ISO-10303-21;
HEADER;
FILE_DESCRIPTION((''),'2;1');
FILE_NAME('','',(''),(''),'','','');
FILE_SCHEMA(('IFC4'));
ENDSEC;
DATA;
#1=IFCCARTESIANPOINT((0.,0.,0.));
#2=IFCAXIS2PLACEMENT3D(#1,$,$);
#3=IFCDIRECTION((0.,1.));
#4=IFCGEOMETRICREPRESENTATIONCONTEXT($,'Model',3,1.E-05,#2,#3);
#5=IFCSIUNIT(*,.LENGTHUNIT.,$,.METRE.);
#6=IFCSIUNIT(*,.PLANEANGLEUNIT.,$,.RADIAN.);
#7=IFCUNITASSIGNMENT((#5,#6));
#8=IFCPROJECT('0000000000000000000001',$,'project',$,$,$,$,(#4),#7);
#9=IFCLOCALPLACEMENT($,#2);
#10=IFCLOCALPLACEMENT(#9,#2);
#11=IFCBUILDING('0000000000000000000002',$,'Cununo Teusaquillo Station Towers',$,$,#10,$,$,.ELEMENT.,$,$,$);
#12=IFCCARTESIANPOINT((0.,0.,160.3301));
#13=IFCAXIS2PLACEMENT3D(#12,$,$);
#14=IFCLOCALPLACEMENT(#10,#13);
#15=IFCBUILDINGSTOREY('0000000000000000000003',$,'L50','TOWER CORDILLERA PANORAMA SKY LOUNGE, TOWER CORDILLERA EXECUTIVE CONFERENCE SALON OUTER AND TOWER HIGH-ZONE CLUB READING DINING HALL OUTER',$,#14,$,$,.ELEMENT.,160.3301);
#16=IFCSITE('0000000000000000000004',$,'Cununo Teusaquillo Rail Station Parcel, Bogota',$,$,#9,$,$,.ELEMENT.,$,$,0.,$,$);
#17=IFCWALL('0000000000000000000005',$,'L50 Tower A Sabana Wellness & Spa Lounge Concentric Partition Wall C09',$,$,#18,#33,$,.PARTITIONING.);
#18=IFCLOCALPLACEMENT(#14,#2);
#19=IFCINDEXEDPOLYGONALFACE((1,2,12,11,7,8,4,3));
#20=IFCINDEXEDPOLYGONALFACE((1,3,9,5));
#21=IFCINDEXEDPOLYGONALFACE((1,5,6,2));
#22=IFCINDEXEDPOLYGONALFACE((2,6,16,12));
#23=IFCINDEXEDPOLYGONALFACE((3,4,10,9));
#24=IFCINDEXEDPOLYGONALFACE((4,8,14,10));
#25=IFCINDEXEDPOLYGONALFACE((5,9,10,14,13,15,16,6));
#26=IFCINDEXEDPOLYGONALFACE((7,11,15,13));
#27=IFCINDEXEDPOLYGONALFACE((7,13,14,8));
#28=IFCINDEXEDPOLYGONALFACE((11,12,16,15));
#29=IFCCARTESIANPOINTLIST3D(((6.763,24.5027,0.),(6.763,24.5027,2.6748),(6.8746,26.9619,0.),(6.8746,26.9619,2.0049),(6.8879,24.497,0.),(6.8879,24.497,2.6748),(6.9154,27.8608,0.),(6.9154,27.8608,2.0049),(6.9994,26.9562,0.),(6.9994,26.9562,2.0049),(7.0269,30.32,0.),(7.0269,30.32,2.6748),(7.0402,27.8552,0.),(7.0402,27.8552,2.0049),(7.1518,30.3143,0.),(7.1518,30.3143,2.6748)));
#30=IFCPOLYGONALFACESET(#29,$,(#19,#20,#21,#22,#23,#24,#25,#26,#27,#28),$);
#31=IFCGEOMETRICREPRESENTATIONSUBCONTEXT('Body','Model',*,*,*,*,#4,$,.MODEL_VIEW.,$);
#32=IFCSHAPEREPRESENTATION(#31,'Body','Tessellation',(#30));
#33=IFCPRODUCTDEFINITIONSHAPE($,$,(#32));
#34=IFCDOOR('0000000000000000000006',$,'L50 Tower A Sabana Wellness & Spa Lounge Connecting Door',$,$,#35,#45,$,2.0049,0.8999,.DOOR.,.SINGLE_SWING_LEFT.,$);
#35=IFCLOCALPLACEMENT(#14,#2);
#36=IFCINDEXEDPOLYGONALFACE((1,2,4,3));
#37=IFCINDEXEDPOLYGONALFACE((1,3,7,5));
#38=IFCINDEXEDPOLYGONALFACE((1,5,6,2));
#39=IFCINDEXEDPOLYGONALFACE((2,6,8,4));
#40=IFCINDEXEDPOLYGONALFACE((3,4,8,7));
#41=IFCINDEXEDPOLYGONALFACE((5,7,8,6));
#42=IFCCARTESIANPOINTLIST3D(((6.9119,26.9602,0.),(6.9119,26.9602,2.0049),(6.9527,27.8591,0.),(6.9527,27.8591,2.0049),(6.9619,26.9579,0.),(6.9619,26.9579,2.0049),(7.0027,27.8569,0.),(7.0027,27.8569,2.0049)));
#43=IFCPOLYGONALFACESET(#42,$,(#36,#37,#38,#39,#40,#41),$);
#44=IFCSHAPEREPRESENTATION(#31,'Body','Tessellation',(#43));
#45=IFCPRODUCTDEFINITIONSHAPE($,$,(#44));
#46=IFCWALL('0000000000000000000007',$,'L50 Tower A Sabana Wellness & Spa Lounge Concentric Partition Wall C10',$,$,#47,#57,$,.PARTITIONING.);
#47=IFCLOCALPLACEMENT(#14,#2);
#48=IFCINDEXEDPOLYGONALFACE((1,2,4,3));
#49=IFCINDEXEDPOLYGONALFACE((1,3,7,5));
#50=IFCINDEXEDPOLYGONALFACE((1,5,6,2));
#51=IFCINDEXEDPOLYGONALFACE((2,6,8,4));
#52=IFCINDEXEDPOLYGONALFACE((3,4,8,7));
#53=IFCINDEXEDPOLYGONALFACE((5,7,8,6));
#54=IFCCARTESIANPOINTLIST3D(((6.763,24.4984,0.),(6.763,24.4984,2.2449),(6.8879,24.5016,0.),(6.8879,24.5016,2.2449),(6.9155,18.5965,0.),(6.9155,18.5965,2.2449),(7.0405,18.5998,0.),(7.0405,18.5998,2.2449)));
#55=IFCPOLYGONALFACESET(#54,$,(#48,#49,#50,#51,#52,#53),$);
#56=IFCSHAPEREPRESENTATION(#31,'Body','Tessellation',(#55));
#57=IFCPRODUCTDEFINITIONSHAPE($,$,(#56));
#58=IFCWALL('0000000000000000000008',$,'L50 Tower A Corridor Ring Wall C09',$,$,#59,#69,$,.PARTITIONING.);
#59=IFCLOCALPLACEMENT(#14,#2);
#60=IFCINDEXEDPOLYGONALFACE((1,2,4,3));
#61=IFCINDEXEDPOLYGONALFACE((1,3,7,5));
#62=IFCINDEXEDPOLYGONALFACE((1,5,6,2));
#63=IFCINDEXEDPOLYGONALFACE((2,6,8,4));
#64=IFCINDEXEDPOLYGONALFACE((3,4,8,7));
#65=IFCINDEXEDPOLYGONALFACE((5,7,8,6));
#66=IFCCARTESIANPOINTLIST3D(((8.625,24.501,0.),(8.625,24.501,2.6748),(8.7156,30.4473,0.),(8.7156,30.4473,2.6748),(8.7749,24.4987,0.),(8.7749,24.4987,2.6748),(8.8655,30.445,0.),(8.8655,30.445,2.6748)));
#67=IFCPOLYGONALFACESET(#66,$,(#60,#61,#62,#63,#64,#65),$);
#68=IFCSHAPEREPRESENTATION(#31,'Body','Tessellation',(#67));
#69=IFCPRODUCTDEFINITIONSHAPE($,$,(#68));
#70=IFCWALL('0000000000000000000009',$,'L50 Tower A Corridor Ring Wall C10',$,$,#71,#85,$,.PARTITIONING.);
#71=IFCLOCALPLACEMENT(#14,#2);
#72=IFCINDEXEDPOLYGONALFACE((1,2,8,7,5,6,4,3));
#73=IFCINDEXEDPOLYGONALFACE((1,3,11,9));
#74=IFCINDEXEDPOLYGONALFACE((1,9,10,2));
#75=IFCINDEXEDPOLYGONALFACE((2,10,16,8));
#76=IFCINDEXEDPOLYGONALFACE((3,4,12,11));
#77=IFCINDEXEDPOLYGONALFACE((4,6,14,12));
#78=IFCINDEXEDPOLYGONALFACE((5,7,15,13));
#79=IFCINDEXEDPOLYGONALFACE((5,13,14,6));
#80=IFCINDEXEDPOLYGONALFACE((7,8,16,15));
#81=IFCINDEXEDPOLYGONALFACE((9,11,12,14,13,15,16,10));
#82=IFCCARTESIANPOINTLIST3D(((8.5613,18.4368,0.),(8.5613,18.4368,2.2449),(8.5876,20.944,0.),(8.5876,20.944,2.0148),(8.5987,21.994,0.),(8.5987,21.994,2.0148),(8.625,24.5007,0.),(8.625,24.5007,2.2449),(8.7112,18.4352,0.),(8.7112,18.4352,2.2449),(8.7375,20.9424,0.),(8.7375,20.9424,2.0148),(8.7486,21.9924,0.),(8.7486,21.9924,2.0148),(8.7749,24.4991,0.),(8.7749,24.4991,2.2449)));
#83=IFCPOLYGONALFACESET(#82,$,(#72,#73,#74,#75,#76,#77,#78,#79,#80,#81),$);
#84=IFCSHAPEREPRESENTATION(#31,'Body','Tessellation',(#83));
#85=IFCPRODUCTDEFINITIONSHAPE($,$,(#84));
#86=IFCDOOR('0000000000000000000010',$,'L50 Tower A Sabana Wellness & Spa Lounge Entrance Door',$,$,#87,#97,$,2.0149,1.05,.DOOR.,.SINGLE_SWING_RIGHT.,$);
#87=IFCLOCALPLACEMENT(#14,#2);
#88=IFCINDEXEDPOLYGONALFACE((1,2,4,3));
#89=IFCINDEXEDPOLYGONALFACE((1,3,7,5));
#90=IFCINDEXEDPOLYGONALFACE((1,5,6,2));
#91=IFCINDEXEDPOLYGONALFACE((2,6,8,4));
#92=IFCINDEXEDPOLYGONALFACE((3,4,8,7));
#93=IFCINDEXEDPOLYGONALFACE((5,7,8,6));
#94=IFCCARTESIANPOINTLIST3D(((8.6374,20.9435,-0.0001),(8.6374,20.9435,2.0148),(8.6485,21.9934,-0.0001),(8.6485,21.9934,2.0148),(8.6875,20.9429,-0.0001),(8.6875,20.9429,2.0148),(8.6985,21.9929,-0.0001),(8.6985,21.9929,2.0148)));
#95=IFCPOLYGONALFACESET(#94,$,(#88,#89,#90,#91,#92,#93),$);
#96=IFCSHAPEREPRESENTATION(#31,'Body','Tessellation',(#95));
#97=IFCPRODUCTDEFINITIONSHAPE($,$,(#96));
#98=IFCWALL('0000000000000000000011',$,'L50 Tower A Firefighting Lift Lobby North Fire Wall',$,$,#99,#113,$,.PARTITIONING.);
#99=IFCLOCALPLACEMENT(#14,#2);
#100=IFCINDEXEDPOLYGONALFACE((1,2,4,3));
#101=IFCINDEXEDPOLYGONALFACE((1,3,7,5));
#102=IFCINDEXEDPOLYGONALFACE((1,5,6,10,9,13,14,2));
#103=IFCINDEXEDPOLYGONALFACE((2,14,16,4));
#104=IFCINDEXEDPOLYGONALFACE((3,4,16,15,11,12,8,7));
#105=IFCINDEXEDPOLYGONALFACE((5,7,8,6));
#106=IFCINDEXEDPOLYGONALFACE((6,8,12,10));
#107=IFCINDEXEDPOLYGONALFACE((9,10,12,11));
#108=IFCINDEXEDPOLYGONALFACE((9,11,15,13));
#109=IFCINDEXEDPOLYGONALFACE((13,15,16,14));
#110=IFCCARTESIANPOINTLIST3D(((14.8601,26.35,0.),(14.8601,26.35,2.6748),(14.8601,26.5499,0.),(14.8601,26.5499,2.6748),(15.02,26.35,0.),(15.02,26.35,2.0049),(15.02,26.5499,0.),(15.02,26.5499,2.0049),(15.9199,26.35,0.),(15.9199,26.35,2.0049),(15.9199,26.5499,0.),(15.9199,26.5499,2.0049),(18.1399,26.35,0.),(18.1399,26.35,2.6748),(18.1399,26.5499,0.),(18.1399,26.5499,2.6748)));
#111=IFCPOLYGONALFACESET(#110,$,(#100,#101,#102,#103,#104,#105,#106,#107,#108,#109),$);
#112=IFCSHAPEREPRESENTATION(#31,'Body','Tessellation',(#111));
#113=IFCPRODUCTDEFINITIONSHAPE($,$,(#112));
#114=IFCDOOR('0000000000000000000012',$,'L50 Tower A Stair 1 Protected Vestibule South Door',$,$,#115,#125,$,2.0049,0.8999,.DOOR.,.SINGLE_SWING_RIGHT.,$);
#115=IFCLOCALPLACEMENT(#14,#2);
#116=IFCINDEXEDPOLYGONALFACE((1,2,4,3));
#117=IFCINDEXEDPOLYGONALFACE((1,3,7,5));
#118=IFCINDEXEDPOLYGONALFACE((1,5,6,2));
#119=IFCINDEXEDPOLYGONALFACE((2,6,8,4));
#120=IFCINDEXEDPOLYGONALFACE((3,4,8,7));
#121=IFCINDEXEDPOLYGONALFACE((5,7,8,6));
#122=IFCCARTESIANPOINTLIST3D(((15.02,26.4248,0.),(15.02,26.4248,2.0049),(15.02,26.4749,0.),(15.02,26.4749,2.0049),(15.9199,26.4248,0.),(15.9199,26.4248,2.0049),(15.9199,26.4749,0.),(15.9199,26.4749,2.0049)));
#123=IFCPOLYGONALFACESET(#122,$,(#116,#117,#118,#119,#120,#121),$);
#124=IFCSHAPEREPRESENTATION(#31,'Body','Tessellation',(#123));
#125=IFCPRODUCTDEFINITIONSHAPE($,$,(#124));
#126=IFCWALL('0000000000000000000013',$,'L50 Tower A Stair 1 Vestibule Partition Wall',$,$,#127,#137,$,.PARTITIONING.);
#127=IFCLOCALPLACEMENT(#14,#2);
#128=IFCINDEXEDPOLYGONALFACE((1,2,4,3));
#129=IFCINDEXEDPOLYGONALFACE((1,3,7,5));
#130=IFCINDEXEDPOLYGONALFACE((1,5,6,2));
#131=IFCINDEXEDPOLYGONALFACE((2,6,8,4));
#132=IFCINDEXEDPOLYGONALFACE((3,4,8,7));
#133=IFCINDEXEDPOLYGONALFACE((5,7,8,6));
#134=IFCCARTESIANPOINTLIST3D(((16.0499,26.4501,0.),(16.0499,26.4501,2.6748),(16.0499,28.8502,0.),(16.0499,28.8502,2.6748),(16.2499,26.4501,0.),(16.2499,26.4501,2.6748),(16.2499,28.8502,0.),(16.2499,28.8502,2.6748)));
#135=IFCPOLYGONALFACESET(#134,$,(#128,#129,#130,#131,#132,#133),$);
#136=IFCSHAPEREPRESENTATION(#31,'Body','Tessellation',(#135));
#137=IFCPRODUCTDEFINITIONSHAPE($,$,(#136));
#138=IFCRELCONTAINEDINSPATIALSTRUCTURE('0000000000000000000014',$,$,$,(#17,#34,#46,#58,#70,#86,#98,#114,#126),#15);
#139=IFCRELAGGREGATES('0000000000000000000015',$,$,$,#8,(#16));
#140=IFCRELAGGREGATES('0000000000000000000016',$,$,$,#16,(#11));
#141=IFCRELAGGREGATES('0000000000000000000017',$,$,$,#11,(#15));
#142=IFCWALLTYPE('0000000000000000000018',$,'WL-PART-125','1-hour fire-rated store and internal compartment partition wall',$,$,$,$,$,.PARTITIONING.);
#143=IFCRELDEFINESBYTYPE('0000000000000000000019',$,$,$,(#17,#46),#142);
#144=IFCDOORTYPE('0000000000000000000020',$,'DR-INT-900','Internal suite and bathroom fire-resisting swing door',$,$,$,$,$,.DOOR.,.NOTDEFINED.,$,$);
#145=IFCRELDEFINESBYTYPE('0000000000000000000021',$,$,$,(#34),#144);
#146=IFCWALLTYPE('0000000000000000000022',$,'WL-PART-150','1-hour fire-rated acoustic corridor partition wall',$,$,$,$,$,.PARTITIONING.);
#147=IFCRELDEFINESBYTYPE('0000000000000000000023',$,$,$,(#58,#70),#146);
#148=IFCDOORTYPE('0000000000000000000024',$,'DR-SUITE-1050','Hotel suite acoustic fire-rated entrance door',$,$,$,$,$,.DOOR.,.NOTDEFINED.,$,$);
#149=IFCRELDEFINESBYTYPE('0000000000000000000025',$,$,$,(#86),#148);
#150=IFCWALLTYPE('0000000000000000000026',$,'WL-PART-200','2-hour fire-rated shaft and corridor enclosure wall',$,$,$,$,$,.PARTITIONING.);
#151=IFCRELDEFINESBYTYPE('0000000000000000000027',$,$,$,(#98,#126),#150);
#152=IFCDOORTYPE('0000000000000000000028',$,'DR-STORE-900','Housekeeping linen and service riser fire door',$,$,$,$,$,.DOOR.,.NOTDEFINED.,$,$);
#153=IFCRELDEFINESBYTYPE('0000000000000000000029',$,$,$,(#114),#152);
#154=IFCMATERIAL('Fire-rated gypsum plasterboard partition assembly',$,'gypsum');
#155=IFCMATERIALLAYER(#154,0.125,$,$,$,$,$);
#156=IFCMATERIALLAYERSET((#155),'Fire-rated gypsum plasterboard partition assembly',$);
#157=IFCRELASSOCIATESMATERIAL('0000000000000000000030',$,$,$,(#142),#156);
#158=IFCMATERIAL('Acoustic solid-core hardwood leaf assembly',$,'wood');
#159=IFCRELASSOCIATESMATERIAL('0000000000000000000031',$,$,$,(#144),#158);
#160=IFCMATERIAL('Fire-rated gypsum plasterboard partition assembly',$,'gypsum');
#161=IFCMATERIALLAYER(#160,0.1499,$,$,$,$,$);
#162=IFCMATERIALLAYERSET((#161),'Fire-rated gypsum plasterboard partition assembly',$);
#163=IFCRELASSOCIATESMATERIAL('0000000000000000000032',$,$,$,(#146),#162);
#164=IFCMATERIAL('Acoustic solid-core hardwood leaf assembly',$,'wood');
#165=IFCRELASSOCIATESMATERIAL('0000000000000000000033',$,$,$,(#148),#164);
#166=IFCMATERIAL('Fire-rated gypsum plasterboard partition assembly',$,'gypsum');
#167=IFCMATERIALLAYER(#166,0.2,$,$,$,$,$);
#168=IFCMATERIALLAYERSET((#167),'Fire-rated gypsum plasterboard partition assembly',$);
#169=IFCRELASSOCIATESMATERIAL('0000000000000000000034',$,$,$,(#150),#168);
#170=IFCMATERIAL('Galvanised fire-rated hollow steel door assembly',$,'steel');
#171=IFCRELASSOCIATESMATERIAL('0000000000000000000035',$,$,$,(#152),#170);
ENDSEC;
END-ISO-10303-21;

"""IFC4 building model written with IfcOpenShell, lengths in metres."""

from ifc_helpers import new_model, si_unit, direction, frame, frame_2d, origin, place, context, subcontext, project, spatial, rectangle, extrude, source, transform, mapped, material, layer, layer_set, type_object, element, fill, save


model = new_model("IFC4")

# Units and contexts
model_context = context("Model", 3, precision=1e-05, world=origin(), true_north=direction((0.0, 1.0)))
body_context = subcontext(model_context, "Body", "Model", "MODEL_VIEW")
ifc_project = project(units=[si_unit("LENGTHUNIT", "METRE"), si_unit("PLANEANGLEUNIT", "RADIAN")], contexts=[model_context])

# Site, building, storey
site_placement = place(None, origin())
site = spatial("IfcSite", under=ifc_project, at=site_placement, Name="Cununo Teusaquillo Rail Station Parcel, Bogota", CompositionType="ELEMENT", RefElevation=0.0)
building_placement = place(site_placement, origin())
building = spatial("IfcBuilding", under=site, at=building_placement, Name="Cununo Teusaquillo Station Towers", CompositionType="ELEMENT")
storey_placement = place(building_placement, frame((0.0, 0.0, 160.3301)))
storey = spatial("IfcBuildingStorey", under=building, at=storey_placement, Name="L50", Description="TOWER CORDILLERA PANORAMA SKY LOUNGE, TOWER CORDILLERA EXECUTIVE CONFERENCE SALON OUTER AND TOWER HIGH-ZONE CLUB READING DINING HALL OUTER", CompositionType="ELEMENT", Elevation=160.3301)

# Wall, opening, door
ifc_material_1 = material(Name="Fire-rated gypsum plasterboard partition assembly", Category="gypsum")
ifc_layer_1 = layer(ifc_material_1, 0.125)
ifc_layer_set_1 = layer_set([ifc_layer_1], Name="Fire-rated gypsum plasterboard partition assembly")
wall_type_1 = type_object("IfcWallType", Name="WL-PART-125", Description="1-hour fire-rated store and internal compartment partition wall", PredefinedType="PARTITIONING", material=ifc_layer_set_1)
wall_1_placement = place(storey_placement, frame((7.0894, 30.3171, 0.0), z_axis=(0.0, 0.0, 1.0), x_axis=(-0.045322, -0.998972, 0.0)))
wall_1 = element("IfcWall", 1, at=wall_1_placement, inside=storey, type_object=wall_type_1, Name="L50 Tower A Sabana Wellness & Spa Lounge Concentric Partition Wall C09", PredefinedType="PARTITIONING", context=body_context, shape_type="SweptSolid", body=[
    extrude(rectangle(XDim=5.8232, YDim=0.125, at=frame_2d((2.9116, 0.0))), origin(), (0.0, 0.0, 1.0), 2.6748),
])
shared_shape_1 = source(origin(), body_context, "Body", "SweptSolid", [
    extrude(rectangle(XDim=0.8999, YDim=2.0049, at=frame_2d((0.45, 1.0024))), frame((0.0, 0.0725, 0.0), z_axis=(0.0, -1.0, 0.0), x_axis=(1.0, 0.0, 0.0)), (0.0, 0.0, 1.0), 0.145),
])
opening_1_placement = place(wall_1_placement, frame((2.4617, 0.0, 0.0)))
opening_1 = element("IfcOpeningElement", 2, at=opening_1_placement, cuts=wall_1, PredefinedType="OPENING", context=body_context, shape_type="MappedRepresentation", body=[
    mapped(shared_shape_1, transform((0.0, 0.0, 0.0), x_axis=(1.0, 0.0, 0.0), y_axis=(0.0, 1.0, 0.0), z_axis=(0.0, 0.0, 1.0), scale=1.0)),
])
ifc_material_2 = material(Name="Acoustic solid-core hardwood leaf assembly", Category="wood")
door_type_1 = type_object("IfcDoorType", Name="DR-INT-900", Description="Internal suite and bathroom fire-resisting swing door", OperationType="NOTDEFINED", PredefinedType="DOOR", material=ifc_material_2)
shared_shape_2 = source(origin(), body_context, "Body", "SweptSolid", [
    extrude(rectangle(XDim=0.8999, YDim=2.0049, at=frame_2d((0.45, 1.0024))), frame((0.0, 0.0249, 0.0), z_axis=(0.0, -1.0, 0.0), x_axis=(1.0, 0.0, 0.0)), (0.0, 0.0, 1.0), 0.05),
])
door_1_placement = place(opening_1_placement, origin())
door_1 = element("IfcDoor", 3, at=door_1_placement, inside=storey, type_object=door_type_1, Name="L50 Tower A Sabana Wellness & Spa Lounge Connecting Door", OperationType="SINGLE_SWING_LEFT", OverallHeight=2.0049, OverallWidth=0.8999, PredefinedType="DOOR", context=body_context, shape_type="MappedRepresentation", body=[
    mapped(shared_shape_2, transform((0.0, 0.0, 0.0), x_axis=(1.0, 0.0, 0.0), y_axis=(0.0, 1.0, 0.0), z_axis=(0.0, 0.0, 1.0), scale=1.0)),
])
fill(opening_1, door_1)

# Walls
wall_2_placement = place(storey_placement, frame((6.8254, 24.5, 0.0), z_axis=(0.0, 0.0, 1.0), x_axis=(0.025846, -0.999666, 0.0)))
element("IfcWall", 4, at=wall_2_placement, inside=storey, type_object=wall_type_1, Name="L50 Tower A Sabana Wellness & Spa Lounge Concentric Partition Wall C10", PredefinedType="PARTITIONING", context=body_context, shape_type="SweptSolid", body=[
    extrude(rectangle(XDim=5.9038, YDim=0.125, at=frame_2d((2.9519, 0.0))), origin(), (0.0, 0.0, 1.0), 2.2449),
])
ifc_material_3 = material(Name="Fire-rated gypsum plasterboard partition assembly", Category="gypsum")
ifc_layer_2 = layer(ifc_material_3, 0.1499)
ifc_layer_set_2 = layer_set([ifc_layer_2], Name="Fire-rated gypsum plasterboard partition assembly")
wall_type_2 = type_object("IfcWallType", Name="WL-PART-150", Description="1-hour fire-rated acoustic corridor partition wall", PredefinedType="PARTITIONING", material=ifc_layer_set_2)
wall_3_placement = place(storey_placement, frame((8.7905, 30.4463, 0.0), z_axis=(0.0, 0.0, 1.0), x_axis=(-0.015231, -0.999884, 0.0)))
element("IfcWall", 5, at=wall_3_placement, inside=storey, type_object=wall_type_2, Name="L50 Tower A Corridor Ring Wall C09", PredefinedType="PARTITIONING", context=body_context, shape_type="SweptSolid", body=[
    extrude(rectangle(XDim=5.947, YDim=0.1499, at=frame_2d((2.9736, 0.0))), origin(), (0.0, 0.0, 1.0), 2.6748),
])

# Walls, openings, doors
wall_4_placement = place(storey_placement, frame((8.7, 24.5, 0.0), z_axis=(0.0, 0.0, 1.0), x_axis=(-0.010508, -0.999945, 0.0)))
wall_4 = element("IfcWall", 6, at=wall_4_placement, inside=storey, type_object=wall_type_2, Name="L50 Tower A Corridor Ring Wall C10", PredefinedType="PARTITIONING", context=body_context, shape_type="SweptSolid", body=[
    extrude(rectangle(XDim=6.0642, YDim=0.1499, at=frame_2d((3.0322, 0.0))), origin(), (0.0, 0.0, 1.0), 2.2449),
])
shared_shape_3 = source(origin(), body_context, "Body", "SweptSolid", [
    extrude(rectangle(XDim=1.05, YDim=2.0149, at=frame_2d((0.5249, 1.0073))), frame((0.0, 0.085, 0.0), z_axis=(0.0, -1.0, 0.0), x_axis=(1.0, 0.0, 0.0)), (0.0, 0.0, 1.0), 0.1699),
])
opening_2_placement = place(wall_4_placement, frame((2.5071, 0.0, 0.0)))
opening_2 = element("IfcOpeningElement", 7, at=opening_2_placement, cuts=wall_4, PredefinedType="OPENING", context=body_context, shape_type="MappedRepresentation", body=[
    mapped(shared_shape_3, transform((0.0, 0.0, 0.0), x_axis=(1.0, 0.0, 0.0), y_axis=(0.0, 1.0, 0.0), z_axis=(0.0, 0.0, 1.0), scale=1.0)),
])
ifc_material_4 = material(Name="Acoustic solid-core hardwood leaf assembly", Category="wood")
door_type_2 = type_object("IfcDoorType", Name="DR-SUITE-1050", Description="Hotel suite acoustic fire-rated entrance door", OperationType="NOTDEFINED", PredefinedType="DOOR", material=ifc_material_4)
shared_shape_4 = source(origin(), body_context, "Body", "SweptSolid", [
    extrude(rectangle(XDim=1.05, YDim=2.0149, at=frame_2d((0.5249, 1.0073))), frame((0.0, 0.0249, 0.0), z_axis=(0.0, -1.0, 0.0), x_axis=(1.0, 0.0, 0.0)), (0.0, 0.0, 1.0), 0.05),
])
door_2_placement = place(opening_2_placement, origin())
door_2 = element("IfcDoor", 8, at=door_2_placement, inside=storey, type_object=door_type_2, Name="L50 Tower A Sabana Wellness & Spa Lounge Entrance Door", OperationType="SINGLE_SWING_RIGHT", OverallHeight=2.0149, OverallWidth=1.05, PredefinedType="DOOR", context=body_context, shape_type="MappedRepresentation", body=[
    mapped(shared_shape_4, transform((0.0, 0.0, 0.0), x_axis=(1.0, 0.0, 0.0), y_axis=(0.0, 1.0, 0.0), z_axis=(0.0, 0.0, 1.0), scale=1.0)),
])
fill(opening_2, door_2)
ifc_material_5 = material(Name="Fire-rated gypsum plasterboard partition assembly", Category="gypsum")
ifc_layer_3 = layer(ifc_material_5, 0.2)
ifc_layer_set_3 = layer_set([ifc_layer_3], Name="Fire-rated gypsum plasterboard partition assembly")
wall_type_3 = type_object("IfcWallType", Name="WL-PART-200", Description="2-hour fire-rated shaft and corridor enclosure wall", PredefinedType="PARTITIONING", material=ifc_layer_set_3)
wall_5_placement = place(storey_placement, frame((14.8601, 26.45, 0.0), z_axis=(0.0, 0.0, 1.0), x_axis=(1.0, 0.0, 0.0)))
wall_5 = element("IfcWall", 9, at=wall_5_placement, inside=storey, type_object=wall_type_3, Name="L50 Tower A Firefighting Lift Lobby North Fire Wall", PredefinedType="PARTITIONING", context=body_context, shape_type="SweptSolid", body=[
    extrude(rectangle(XDim=3.2798, YDim=0.2, at=frame_2d((1.6399, 0.0))), origin(), (0.0, 0.0, 1.0), 2.6748),
])
shared_shape_5 = source(origin(), body_context, "Body", "SweptSolid", [
    extrude(rectangle(XDim=0.8999, YDim=2.0049, at=frame_2d((0.45, 1.0024))), frame((0.0, 0.1099, 0.0), z_axis=(0.0, -1.0, 0.0), x_axis=(1.0, 0.0, 0.0)), (0.0, 0.0, 1.0), 0.22),
])
opening_3_placement = place(wall_5_placement, frame((0.1599, 0.0, 0.0)))
opening_3 = element("IfcOpeningElement", 10, at=opening_3_placement, cuts=wall_5, PredefinedType="OPENING", context=body_context, shape_type="MappedRepresentation", body=[
    mapped(shared_shape_5, transform((0.0, 0.0, 0.0), x_axis=(1.0, 0.0, 0.0), y_axis=(0.0, 1.0, 0.0), z_axis=(0.0, 0.0, 1.0), scale=1.0)),
])
ifc_material_6 = material(Name="Galvanised fire-rated hollow steel door assembly", Category="steel")
door_type_3 = type_object("IfcDoorType", Name="DR-STORE-900", Description="Housekeeping linen and service riser fire door", OperationType="NOTDEFINED", PredefinedType="DOOR", material=ifc_material_6)
door_3_placement = place(opening_3_placement, origin())
door_3 = element("IfcDoor", 11, at=door_3_placement, inside=storey, type_object=door_type_3, Name="L50 Tower A Stair 1 Protected Vestibule South Door", OperationType="SINGLE_SWING_RIGHT", OverallHeight=2.0049, OverallWidth=0.8999, PredefinedType="DOOR", context=body_context, shape_type="MappedRepresentation", body=[
    mapped(shared_shape_2, transform((0.0, 0.0, 0.0), x_axis=(1.0, 0.0, 0.0), y_axis=(0.0, 1.0, 0.0), z_axis=(0.0, 0.0, 1.0), scale=1.0)),
])
fill(opening_3, door_3)

# Wall
wall_6_placement = place(storey_placement, frame((16.1499, 26.45, 0.0), z_axis=(0.0, 0.0, 1.0), x_axis=(0.0, 1.0, 0.0)))
element("IfcWall", 12, at=wall_6_placement, inside=storey, type_object=wall_type_3, Name="L50 Tower A Stair 1 Vestibule Partition Wall", PredefinedType="PARTITIONING", context=body_context, shape_type="SweptSolid", body=[
    extrude(rectangle(XDim=2.4001, YDim=0.2, at=frame_2d((1.2002, 0.0))), origin(), (0.0, 0.0, 1.0), 2.6748),
])

save(model, "model.ifc")
